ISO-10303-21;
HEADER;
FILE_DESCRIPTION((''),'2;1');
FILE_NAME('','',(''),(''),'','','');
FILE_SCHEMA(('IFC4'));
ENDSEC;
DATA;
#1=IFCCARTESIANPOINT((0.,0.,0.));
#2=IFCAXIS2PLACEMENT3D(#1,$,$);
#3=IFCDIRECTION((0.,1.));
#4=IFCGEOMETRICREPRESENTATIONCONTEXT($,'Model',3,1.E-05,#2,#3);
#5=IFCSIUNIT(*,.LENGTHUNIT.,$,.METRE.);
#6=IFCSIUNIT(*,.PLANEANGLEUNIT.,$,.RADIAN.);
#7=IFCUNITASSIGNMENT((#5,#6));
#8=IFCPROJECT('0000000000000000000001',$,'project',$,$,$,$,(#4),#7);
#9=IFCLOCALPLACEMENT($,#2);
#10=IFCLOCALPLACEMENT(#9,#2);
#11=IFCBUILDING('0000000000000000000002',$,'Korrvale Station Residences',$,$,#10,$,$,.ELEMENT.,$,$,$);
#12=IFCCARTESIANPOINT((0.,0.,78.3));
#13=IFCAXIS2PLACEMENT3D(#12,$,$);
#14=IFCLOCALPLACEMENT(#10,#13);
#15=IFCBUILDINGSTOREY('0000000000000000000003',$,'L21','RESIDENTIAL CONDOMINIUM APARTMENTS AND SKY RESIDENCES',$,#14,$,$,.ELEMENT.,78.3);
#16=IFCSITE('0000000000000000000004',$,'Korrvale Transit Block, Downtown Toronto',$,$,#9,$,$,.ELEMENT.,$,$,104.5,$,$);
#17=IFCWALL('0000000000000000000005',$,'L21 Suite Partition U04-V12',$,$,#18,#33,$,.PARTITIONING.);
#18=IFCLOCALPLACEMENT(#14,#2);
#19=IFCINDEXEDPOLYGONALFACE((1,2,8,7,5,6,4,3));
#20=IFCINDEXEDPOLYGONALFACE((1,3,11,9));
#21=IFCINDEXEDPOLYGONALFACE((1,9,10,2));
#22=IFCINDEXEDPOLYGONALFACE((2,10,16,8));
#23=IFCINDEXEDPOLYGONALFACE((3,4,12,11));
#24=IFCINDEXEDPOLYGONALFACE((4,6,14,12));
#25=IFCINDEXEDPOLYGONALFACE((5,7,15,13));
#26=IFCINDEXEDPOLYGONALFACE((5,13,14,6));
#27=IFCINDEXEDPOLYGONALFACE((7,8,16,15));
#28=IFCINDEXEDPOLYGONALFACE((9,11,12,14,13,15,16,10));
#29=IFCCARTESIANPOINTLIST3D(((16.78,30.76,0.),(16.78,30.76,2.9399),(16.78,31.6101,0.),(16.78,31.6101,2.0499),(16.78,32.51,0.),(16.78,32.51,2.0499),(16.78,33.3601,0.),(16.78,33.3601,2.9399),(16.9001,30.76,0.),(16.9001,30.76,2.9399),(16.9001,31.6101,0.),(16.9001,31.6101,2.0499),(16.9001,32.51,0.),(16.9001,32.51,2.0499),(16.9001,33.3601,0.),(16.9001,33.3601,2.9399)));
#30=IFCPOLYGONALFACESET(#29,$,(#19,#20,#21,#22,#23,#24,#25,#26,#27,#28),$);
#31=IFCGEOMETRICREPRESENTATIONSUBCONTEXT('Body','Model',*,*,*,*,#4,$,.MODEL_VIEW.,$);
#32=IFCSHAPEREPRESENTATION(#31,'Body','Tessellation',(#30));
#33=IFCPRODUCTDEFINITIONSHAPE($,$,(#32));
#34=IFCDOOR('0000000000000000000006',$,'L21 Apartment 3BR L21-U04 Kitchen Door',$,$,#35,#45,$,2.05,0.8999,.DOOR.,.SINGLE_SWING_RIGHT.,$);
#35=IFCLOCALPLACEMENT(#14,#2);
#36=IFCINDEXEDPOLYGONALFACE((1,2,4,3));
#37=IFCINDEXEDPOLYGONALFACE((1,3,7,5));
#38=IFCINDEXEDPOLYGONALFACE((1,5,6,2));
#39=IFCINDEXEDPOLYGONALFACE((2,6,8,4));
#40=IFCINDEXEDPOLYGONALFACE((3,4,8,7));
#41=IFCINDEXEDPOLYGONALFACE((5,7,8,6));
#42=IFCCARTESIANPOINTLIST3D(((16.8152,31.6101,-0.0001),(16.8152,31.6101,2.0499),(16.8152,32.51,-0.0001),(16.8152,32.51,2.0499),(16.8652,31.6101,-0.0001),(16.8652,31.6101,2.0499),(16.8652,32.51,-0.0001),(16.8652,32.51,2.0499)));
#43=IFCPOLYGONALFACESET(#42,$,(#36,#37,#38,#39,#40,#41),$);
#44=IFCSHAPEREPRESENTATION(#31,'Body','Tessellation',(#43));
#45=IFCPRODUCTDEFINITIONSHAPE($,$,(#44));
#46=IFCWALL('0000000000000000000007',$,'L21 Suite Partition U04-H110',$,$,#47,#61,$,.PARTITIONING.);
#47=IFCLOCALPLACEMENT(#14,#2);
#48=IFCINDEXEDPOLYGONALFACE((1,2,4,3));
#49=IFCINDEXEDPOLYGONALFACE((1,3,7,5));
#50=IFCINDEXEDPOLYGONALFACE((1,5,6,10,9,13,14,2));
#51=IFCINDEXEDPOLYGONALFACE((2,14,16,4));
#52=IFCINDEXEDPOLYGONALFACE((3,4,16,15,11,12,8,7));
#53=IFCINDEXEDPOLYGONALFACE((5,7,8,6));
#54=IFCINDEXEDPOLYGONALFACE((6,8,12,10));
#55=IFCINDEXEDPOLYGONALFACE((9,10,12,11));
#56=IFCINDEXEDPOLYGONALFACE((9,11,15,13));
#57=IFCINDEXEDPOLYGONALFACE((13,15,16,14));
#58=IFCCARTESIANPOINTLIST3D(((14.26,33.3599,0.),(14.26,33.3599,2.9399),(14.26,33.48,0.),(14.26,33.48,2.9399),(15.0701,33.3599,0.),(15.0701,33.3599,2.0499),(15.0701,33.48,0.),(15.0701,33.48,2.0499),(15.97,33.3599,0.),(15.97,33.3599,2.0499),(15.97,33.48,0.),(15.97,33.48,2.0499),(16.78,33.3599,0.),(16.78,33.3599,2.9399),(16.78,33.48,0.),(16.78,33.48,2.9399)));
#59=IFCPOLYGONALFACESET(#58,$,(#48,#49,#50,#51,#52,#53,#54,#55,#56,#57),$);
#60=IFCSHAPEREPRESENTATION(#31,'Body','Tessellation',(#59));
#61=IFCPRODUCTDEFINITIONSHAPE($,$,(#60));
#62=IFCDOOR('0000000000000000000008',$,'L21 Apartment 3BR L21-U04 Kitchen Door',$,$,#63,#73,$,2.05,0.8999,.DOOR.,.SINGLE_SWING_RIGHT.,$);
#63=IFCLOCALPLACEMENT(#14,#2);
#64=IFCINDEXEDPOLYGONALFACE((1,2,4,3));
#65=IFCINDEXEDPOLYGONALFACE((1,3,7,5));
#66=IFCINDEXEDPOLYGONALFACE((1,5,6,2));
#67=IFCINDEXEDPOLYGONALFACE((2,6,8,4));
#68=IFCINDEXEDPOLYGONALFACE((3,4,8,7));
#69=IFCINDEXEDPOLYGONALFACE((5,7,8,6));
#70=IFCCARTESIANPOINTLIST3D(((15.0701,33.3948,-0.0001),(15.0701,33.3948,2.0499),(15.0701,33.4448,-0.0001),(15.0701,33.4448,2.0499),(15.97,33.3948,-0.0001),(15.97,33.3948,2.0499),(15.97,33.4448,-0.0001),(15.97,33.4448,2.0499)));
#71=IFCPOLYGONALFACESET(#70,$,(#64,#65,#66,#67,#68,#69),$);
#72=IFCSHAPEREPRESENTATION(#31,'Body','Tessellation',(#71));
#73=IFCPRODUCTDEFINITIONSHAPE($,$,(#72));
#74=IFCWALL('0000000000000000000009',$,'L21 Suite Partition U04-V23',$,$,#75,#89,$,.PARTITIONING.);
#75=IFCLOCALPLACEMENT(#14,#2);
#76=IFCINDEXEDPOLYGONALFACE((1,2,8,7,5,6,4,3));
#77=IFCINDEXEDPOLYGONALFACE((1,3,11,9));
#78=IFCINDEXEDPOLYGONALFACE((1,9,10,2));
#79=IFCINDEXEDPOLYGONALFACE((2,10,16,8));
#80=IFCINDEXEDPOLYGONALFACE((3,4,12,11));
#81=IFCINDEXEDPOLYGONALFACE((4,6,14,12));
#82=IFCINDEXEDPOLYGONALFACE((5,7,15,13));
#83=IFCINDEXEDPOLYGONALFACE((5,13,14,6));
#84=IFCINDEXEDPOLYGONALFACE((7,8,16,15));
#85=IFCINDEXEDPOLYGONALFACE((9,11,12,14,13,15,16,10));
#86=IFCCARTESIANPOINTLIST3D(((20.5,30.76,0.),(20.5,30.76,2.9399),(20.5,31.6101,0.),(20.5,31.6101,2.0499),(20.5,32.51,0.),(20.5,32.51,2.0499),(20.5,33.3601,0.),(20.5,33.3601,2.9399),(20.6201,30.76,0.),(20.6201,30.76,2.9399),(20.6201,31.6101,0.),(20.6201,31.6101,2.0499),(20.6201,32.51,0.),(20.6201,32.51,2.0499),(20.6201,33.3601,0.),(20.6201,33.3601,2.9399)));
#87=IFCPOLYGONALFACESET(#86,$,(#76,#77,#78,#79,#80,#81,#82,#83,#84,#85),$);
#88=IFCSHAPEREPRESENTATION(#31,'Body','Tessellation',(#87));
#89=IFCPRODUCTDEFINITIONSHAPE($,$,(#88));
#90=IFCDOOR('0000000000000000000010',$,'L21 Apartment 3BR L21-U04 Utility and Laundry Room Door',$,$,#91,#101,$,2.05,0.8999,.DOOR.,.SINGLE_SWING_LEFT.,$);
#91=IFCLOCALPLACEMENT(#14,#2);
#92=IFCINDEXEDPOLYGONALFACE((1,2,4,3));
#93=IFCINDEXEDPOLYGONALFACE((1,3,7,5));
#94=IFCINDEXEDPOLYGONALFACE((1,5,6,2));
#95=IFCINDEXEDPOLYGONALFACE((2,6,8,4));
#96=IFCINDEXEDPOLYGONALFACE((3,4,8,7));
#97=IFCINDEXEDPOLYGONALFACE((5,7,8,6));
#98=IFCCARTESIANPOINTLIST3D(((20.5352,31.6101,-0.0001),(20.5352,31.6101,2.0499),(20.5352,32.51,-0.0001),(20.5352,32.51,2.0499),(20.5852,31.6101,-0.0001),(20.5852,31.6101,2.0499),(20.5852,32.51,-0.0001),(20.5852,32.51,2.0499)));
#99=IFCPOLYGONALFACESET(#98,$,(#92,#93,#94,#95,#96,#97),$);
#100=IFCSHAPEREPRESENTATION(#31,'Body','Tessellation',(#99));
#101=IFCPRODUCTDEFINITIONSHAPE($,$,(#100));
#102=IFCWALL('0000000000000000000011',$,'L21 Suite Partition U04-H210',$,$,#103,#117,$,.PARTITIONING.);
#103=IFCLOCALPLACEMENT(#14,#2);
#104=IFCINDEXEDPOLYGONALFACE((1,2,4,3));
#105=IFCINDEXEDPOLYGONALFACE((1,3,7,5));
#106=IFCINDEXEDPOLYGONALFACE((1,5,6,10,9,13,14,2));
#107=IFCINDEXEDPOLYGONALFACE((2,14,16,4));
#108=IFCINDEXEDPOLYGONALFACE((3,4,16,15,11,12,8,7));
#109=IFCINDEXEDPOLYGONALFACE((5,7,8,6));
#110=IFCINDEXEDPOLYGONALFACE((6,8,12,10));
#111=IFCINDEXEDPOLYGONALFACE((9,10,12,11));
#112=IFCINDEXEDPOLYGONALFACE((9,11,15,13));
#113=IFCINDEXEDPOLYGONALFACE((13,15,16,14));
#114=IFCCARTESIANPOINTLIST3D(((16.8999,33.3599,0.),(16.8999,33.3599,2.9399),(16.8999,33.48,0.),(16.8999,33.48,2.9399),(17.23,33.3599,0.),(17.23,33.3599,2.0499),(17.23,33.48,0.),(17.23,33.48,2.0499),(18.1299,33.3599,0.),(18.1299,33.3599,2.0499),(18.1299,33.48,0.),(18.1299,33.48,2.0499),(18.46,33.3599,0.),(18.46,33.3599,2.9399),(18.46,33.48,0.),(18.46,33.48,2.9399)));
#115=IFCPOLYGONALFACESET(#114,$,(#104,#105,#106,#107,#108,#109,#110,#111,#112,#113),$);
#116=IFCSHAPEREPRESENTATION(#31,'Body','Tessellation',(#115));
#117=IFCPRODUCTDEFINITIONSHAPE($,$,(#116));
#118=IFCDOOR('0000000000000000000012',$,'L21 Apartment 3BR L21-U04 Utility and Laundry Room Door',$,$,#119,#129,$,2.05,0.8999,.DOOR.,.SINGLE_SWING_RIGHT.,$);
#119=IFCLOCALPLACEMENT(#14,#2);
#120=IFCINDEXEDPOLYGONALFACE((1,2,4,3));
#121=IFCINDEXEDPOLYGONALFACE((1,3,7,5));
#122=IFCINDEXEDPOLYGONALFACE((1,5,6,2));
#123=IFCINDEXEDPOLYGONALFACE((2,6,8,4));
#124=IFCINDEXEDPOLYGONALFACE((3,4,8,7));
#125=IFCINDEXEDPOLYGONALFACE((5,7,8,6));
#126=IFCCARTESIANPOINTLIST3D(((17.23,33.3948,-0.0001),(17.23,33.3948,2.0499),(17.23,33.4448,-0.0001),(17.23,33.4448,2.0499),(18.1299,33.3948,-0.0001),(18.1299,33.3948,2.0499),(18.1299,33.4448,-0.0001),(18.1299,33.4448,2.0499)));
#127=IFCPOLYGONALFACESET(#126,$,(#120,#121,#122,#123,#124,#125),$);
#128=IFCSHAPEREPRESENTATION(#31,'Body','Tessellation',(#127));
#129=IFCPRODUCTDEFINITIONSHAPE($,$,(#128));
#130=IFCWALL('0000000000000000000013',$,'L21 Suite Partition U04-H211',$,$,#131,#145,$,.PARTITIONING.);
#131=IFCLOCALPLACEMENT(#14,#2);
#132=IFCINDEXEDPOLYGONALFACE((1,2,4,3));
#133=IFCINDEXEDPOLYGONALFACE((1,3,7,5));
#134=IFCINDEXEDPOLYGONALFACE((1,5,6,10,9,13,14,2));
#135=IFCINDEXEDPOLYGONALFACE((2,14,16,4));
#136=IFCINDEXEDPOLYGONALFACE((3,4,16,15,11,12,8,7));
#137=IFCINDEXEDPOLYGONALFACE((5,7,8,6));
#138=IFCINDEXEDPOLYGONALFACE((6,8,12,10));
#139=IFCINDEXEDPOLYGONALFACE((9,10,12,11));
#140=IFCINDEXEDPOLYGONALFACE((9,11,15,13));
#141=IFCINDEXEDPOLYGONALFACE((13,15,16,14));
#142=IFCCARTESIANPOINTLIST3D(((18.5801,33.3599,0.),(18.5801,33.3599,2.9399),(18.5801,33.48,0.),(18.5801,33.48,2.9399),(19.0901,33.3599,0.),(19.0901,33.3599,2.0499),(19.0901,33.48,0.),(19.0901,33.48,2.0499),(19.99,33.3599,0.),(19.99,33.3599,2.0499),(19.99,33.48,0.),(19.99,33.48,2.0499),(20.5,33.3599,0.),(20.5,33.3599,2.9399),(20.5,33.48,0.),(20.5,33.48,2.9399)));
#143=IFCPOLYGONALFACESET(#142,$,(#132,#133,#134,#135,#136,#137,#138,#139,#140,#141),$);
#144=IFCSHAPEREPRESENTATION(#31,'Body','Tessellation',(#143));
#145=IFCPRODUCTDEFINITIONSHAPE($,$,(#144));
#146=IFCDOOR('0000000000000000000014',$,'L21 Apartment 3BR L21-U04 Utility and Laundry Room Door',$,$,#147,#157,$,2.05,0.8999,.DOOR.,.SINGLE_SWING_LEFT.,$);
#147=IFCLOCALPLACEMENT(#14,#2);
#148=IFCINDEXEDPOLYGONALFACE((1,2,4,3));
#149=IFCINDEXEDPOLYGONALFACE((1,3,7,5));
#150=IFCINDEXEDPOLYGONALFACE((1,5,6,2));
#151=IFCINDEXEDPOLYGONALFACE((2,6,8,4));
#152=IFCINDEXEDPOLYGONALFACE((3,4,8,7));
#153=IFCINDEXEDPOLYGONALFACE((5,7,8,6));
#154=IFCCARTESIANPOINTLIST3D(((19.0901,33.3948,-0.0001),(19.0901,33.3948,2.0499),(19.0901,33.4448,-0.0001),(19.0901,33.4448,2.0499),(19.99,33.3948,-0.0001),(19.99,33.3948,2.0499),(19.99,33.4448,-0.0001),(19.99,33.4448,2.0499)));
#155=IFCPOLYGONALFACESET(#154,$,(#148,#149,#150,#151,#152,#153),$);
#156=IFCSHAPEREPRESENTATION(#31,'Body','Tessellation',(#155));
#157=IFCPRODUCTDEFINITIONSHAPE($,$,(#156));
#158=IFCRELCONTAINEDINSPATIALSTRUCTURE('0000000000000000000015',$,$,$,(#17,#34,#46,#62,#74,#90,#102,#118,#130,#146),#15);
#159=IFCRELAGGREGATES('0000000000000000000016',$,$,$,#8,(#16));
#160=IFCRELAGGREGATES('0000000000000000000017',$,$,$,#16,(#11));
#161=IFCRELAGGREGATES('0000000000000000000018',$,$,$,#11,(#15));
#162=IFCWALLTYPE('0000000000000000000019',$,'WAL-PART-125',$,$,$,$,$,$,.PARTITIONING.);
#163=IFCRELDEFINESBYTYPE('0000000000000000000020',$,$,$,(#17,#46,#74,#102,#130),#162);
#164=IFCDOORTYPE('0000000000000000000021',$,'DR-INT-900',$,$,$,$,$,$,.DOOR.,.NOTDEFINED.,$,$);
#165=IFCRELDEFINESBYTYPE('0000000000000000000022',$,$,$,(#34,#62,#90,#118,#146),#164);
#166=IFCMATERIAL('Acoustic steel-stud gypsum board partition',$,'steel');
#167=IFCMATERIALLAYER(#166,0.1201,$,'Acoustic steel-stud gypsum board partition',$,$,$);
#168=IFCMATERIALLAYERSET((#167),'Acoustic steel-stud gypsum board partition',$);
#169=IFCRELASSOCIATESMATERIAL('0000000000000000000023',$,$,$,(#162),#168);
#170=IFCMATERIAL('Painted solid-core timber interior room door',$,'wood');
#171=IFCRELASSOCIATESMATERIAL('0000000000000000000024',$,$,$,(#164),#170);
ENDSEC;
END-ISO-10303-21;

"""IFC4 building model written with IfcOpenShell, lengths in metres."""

from ifc_helpers import new_model, si_unit, direction, frame, frame_2d, origin, place, context, subcontext, project, spatial, rectangle, extrude, material, layer, layer_set, type_object, element, fill, save


model = new_model("IFC4")

# Units and contexts
model_context = context("Model", 3, precision=1e-05, world=origin(), true_north=direction((0.0, 1.0)))
body_context = subcontext(model_context, "Body", "Model", "MODEL_VIEW")
ifc_project = project(units=[si_unit("LENGTHUNIT", "METRE"), si_unit("PLANEANGLEUNIT", "RADIAN")], contexts=[model_context])

# Site, building, storey
site_placement = place(None, origin())
site = spatial("IfcSite", under=ifc_project, at=site_placement, Name="Korrvale Transit Block, Downtown Toronto", CompositionType="ELEMENT", RefElevation=104.5)
building_placement = place(site_placement, origin())
building = spatial("IfcBuilding", under=site, at=building_placement, Name="Korrvale Station Residences", CompositionType="ELEMENT")
storey_placement = place(building_placement, frame((0.0, 0.0, 78.3)))
storey = spatial("IfcBuildingStorey", under=building, at=storey_placement, Name="L21", Description="RESIDENTIAL CONDOMINIUM APARTMENTS AND SKY RESIDENCES", CompositionType="ELEMENT", Elevation=78.3)

# Walls, openings, doors
ifc_material_1 = material(Name="Acoustic steel-stud gypsum board partition", Category="steel")
ifc_layer_1 = layer(ifc_material_1, 0.1201, Name="Acoustic steel-stud gypsum board partition")
ifc_layer_set_1 = layer_set([ifc_layer_1], Name="Acoustic steel-stud gypsum board partition")
wall_type = type_object("IfcWallType", Name="WAL-PART-125", PredefinedType="PARTITIONING", material=ifc_layer_set_1)
wall_1_placement = place(storey_placement, frame((16.8401, 30.76, 0.0), z_axis=(0.0, 0.0, 1.0), x_axis=(0.0, 1.0, 0.0)))
wall_1 = element("IfcWall", 1, at=wall_1_placement, inside=storey, type_object=wall_type, Name="L21 Suite Partition U04-V12", PredefinedType="PARTITIONING", context=body_context, shape_type="SweptSolid", body=[
    extrude(rectangle(XDim=2.6001, YDim=0.1201, at=frame_2d((1.3, 0.0))), origin(), (0.0, 0.0, 1.0), 2.9399),
])
opening_1_placement = place(wall_1_placement, frame((0.8501, 0.0, 0.0)))
opening_1 = element("IfcOpeningElement", 2, at=opening_1_placement, cuts=wall_1, PredefinedType="OPENING", context=body_context, shape_type="SweptSolid", body=[
    extrude(rectangle(XDim=0.8999, YDim=2.05, at=frame_2d((0.45, 1.0249))), frame((0.0, 0.0701, 0.0), z_axis=(0.0, -1.0, 0.0), x_axis=(1.0, 0.0, 0.0)), (0.0, 0.0, 1.0), 0.1401),
])
ifc_material_2 = material(Name="Painted solid-core timber interior room door", Category="wood")
door_type = type_object("IfcDoorType", Name="DR-INT-900", OperationType="NOTDEFINED", PredefinedType="DOOR", material=ifc_material_2)
door_1_placement = place(opening_1_placement, origin())
door_1 = element("IfcDoor", 3, at=door_1_placement, inside=storey, type_object=door_type, Name="L21 Apartment 3BR L21-U04 Kitchen Door", OperationType="SINGLE_SWING_RIGHT", OverallHeight=2.05, OverallWidth=0.8999, PredefinedType="DOOR", context=body_context, shape_type="SweptSolid", body=[
    extrude(rectangle(XDim=0.8999, YDim=2.05, at=frame_2d((0.45, 1.0249))), frame((0.0, 0.0249, 0.0), z_axis=(0.0, -1.0, 0.0), x_axis=(1.0, 0.0, 0.0)), (0.0, 0.0, 1.0), 0.05),
])
fill(opening_1, door_1)
wall_2_placement = place(storey_placement, frame((14.26, 33.4199, 0.0), z_axis=(0.0, 0.0, 1.0), x_axis=(1.0, 0.0, 0.0)))
wall_2 = element("IfcWall", 4, at=wall_2_placement, inside=storey, type_object=wall_type, Name="L21 Suite Partition U04-H110", PredefinedType="PARTITIONING", context=body_context, shape_type="SweptSolid", body=[
    extrude(rectangle(XDim=2.52, YDim=0.1201, at=frame_2d((1.26, 0.0))), origin(), (0.0, 0.0, 1.0), 2.9399),
])
opening_2_placement = place(wall_2_placement, frame((0.8101, 0.0, 0.0)))
opening_2 = element("IfcOpeningElement", 5, at=opening_2_placement, cuts=wall_2, PredefinedType="OPENING", context=body_context, shape_type="SweptSolid", body=[
    extrude(rectangle(XDim=0.8999, YDim=2.05, at=frame_2d((0.45, 1.0249))), frame((0.0, 0.0701, 0.0), z_axis=(0.0, -1.0, 0.0), x_axis=(1.0, 0.0, 0.0)), (0.0, 0.0, 1.0), 0.1401),
])
door_2_placement = place(opening_2_placement, origin())
door_2 = element("IfcDoor", 6, at=door_2_placement, inside=storey, type_object=door_type, Name="L21 Apartment 3BR L21-U04 Kitchen Door", OperationType="SINGLE_SWING_RIGHT", OverallHeight=2.05, OverallWidth=0.8999, PredefinedType="DOOR", context=body_context, shape_type="SweptSolid", body=[
    extrude(rectangle(XDim=0.8999, YDim=2.05, at=frame_2d((0.45, 1.0249))), frame((0.0, 0.0249, 0.0), z_axis=(0.0, -1.0, 0.0), x_axis=(1.0, 0.0, 0.0)), (0.0, 0.0, 1.0), 0.05),
])
fill(opening_2, door_2)
wall_3_placement = place(storey_placement, frame((20.5601, 30.76, 0.0), z_axis=(0.0, 0.0, 1.0), x_axis=(0.0, 1.0, 0.0)))
wall_3 = element("IfcWall", 7, at=wall_3_placement, inside=storey, type_object=wall_type, Name="L21 Suite Partition U04-V23", PredefinedType="PARTITIONING", context=body_context, shape_type="SweptSolid", body=[
    extrude(rectangle(XDim=2.6001, YDim=0.1201, at=frame_2d((1.3, 0.0))), origin(), (0.0, 0.0, 1.0), 2.9399),
])
opening_3_placement = place(wall_3_placement, frame((0.8501, 0.0, 0.0)))
opening_3 = element("IfcOpeningElement", 8, at=opening_3_placement, cuts=wall_3, PredefinedType="OPENING", context=body_context, shape_type="SweptSolid", body=[
    extrude(rectangle(XDim=0.8999, YDim=2.05, at=frame_2d((0.45, 1.0249))), frame((0.0, 0.0701, 0.0), z_axis=(0.0, -1.0, 0.0), x_axis=(1.0, 0.0, 0.0)), (0.0, 0.0, 1.0), 0.1401),
])
door_3_placement = place(opening_3_placement, origin())
door_3 = element("IfcDoor", 9, at=door_3_placement, inside=storey, type_object=door_type, Name="L21 Apartment 3BR L21-U04 Utility and Laundry Room Door", OperationType="SINGLE_SWING_LEFT", OverallHeight=2.05, OverallWidth=0.8999, PredefinedType="DOOR", context=body_context, shape_type="SweptSolid", body=[
    extrude(rectangle(XDim=0.8999, YDim=2.05, at=frame_2d((0.45, 1.0249))), frame((0.0, 0.0249, 0.0), z_axis=(0.0, -1.0, 0.0), x_axis=(1.0, 0.0, 0.0)), (0.0, 0.0, 1.0), 0.05),
])
fill(opening_3, door_3)
wall_4_placement = place(storey_placement, frame((16.8999, 33.4199, 0.0), z_axis=(0.0, 0.0, 1.0), x_axis=(1.0, 0.0, 0.0)))
wall_4 = element("IfcWall", 10, at=wall_4_placement, inside=storey, type_object=wall_type, Name="L21 Suite Partition U04-H210", PredefinedType="PARTITIONING", context=body_context, shape_type="SweptSolid", body=[
    extrude(rectangle(XDim=1.5601, YDim=0.1201, at=frame_2d((0.78, 0.0))), origin(), (0.0, 0.0, 1.0), 2.9399),
])
opening_4_placement = place(wall_4_placement, frame((0.3301, 0.0, 0.0)))
opening_4 = element("IfcOpeningElement", 11, at=opening_4_placement, cuts=wall_4, PredefinedType="OPENING", context=body_context, shape_type="SweptSolid", body=[
    extrude(rectangle(XDim=0.8999, YDim=2.05, at=frame_2d((0.45, 1.0249))), frame((0.0, 0.0701, 0.0), z_axis=(0.0, -1.0, 0.0), x_axis=(1.0, 0.0, 0.0)), (0.0, 0.0, 1.0), 0.1401),
])
door_4_placement = place(opening_4_placement, origin())
door_4 = element("IfcDoor", 12, at=door_4_placement, inside=storey, type_object=door_type, Name="L21 Apartment 3BR L21-U04 Utility and Laundry Room Door", OperationType="SINGLE_SWING_RIGHT", OverallHeight=2.05, OverallWidth=0.8999, PredefinedType="DOOR", context=body_context, shape_type="SweptSolid", body=[
    extrude(rectangle(XDim=0.8999, YDim=2.05, at=frame_2d((0.45, 1.0249))), frame((0.0, 0.0249, 0.0), z_axis=(0.0, -1.0, 0.0), x_axis=(1.0, 0.0, 0.0)), (0.0, 0.0, 1.0), 0.05),
])
fill(opening_4, door_4)
wall_5_placement = place(storey_placement, frame((18.5801, 33.4199, 0.0), z_axis=(0.0, 0.0, 1.0), x_axis=(1.0, 0.0, 0.0)))
wall_5 = element("IfcWall", 13, at=wall_5_placement, inside=storey, type_object=wall_type, Name="L21 Suite Partition U04-H211", PredefinedType="PARTITIONING", context=body_context, shape_type="SweptSolid", body=[
    extrude(rectangle(XDim=1.9199, YDim=0.1201, at=frame_2d((0.96, 0.0))), origin(), (0.0, 0.0, 1.0), 2.9399),
])
opening_5_placement = place(wall_5_placement, frame((0.51, 0.0, 0.0)))
opening_5 = element("IfcOpeningElement", 14, at=opening_5_placement, cuts=wall_5, PredefinedType="OPENING", context=body_context, shape_type="SweptSolid", body=[
    extrude(rectangle(XDim=0.8999, YDim=2.05, at=frame_2d((0.45, 1.0249))), frame((0.0, 0.0701, 0.0), z_axis=(0.0, -1.0, 0.0), x_axis=(1.0, 0.0, 0.0)), (0.0, 0.0, 1.0), 0.1401),
])
door_5_placement = place(opening_5_placement, origin())
door_5 = element("IfcDoor", 15, at=door_5_placement, inside=storey, type_object=door_type, Name="L21 Apartment 3BR L21-U04 Utility and Laundry Room Door", OperationType="SINGLE_SWING_LEFT", OverallHeight=2.05, OverallWidth=0.8999, PredefinedType="DOOR", context=body_context, shape_type="SweptSolid", body=[
    extrude(rectangle(XDim=0.8999, YDim=2.05, at=frame_2d((0.45, 1.0249))), frame((0.0, 0.0249, 0.0), z_axis=(0.0, -1.0, 0.0), x_axis=(1.0, 0.0, 0.0)), (0.0, 0.0, 1.0), 0.05),
])
fill(opening_5, door_5)

save(model, "model.ifc")
